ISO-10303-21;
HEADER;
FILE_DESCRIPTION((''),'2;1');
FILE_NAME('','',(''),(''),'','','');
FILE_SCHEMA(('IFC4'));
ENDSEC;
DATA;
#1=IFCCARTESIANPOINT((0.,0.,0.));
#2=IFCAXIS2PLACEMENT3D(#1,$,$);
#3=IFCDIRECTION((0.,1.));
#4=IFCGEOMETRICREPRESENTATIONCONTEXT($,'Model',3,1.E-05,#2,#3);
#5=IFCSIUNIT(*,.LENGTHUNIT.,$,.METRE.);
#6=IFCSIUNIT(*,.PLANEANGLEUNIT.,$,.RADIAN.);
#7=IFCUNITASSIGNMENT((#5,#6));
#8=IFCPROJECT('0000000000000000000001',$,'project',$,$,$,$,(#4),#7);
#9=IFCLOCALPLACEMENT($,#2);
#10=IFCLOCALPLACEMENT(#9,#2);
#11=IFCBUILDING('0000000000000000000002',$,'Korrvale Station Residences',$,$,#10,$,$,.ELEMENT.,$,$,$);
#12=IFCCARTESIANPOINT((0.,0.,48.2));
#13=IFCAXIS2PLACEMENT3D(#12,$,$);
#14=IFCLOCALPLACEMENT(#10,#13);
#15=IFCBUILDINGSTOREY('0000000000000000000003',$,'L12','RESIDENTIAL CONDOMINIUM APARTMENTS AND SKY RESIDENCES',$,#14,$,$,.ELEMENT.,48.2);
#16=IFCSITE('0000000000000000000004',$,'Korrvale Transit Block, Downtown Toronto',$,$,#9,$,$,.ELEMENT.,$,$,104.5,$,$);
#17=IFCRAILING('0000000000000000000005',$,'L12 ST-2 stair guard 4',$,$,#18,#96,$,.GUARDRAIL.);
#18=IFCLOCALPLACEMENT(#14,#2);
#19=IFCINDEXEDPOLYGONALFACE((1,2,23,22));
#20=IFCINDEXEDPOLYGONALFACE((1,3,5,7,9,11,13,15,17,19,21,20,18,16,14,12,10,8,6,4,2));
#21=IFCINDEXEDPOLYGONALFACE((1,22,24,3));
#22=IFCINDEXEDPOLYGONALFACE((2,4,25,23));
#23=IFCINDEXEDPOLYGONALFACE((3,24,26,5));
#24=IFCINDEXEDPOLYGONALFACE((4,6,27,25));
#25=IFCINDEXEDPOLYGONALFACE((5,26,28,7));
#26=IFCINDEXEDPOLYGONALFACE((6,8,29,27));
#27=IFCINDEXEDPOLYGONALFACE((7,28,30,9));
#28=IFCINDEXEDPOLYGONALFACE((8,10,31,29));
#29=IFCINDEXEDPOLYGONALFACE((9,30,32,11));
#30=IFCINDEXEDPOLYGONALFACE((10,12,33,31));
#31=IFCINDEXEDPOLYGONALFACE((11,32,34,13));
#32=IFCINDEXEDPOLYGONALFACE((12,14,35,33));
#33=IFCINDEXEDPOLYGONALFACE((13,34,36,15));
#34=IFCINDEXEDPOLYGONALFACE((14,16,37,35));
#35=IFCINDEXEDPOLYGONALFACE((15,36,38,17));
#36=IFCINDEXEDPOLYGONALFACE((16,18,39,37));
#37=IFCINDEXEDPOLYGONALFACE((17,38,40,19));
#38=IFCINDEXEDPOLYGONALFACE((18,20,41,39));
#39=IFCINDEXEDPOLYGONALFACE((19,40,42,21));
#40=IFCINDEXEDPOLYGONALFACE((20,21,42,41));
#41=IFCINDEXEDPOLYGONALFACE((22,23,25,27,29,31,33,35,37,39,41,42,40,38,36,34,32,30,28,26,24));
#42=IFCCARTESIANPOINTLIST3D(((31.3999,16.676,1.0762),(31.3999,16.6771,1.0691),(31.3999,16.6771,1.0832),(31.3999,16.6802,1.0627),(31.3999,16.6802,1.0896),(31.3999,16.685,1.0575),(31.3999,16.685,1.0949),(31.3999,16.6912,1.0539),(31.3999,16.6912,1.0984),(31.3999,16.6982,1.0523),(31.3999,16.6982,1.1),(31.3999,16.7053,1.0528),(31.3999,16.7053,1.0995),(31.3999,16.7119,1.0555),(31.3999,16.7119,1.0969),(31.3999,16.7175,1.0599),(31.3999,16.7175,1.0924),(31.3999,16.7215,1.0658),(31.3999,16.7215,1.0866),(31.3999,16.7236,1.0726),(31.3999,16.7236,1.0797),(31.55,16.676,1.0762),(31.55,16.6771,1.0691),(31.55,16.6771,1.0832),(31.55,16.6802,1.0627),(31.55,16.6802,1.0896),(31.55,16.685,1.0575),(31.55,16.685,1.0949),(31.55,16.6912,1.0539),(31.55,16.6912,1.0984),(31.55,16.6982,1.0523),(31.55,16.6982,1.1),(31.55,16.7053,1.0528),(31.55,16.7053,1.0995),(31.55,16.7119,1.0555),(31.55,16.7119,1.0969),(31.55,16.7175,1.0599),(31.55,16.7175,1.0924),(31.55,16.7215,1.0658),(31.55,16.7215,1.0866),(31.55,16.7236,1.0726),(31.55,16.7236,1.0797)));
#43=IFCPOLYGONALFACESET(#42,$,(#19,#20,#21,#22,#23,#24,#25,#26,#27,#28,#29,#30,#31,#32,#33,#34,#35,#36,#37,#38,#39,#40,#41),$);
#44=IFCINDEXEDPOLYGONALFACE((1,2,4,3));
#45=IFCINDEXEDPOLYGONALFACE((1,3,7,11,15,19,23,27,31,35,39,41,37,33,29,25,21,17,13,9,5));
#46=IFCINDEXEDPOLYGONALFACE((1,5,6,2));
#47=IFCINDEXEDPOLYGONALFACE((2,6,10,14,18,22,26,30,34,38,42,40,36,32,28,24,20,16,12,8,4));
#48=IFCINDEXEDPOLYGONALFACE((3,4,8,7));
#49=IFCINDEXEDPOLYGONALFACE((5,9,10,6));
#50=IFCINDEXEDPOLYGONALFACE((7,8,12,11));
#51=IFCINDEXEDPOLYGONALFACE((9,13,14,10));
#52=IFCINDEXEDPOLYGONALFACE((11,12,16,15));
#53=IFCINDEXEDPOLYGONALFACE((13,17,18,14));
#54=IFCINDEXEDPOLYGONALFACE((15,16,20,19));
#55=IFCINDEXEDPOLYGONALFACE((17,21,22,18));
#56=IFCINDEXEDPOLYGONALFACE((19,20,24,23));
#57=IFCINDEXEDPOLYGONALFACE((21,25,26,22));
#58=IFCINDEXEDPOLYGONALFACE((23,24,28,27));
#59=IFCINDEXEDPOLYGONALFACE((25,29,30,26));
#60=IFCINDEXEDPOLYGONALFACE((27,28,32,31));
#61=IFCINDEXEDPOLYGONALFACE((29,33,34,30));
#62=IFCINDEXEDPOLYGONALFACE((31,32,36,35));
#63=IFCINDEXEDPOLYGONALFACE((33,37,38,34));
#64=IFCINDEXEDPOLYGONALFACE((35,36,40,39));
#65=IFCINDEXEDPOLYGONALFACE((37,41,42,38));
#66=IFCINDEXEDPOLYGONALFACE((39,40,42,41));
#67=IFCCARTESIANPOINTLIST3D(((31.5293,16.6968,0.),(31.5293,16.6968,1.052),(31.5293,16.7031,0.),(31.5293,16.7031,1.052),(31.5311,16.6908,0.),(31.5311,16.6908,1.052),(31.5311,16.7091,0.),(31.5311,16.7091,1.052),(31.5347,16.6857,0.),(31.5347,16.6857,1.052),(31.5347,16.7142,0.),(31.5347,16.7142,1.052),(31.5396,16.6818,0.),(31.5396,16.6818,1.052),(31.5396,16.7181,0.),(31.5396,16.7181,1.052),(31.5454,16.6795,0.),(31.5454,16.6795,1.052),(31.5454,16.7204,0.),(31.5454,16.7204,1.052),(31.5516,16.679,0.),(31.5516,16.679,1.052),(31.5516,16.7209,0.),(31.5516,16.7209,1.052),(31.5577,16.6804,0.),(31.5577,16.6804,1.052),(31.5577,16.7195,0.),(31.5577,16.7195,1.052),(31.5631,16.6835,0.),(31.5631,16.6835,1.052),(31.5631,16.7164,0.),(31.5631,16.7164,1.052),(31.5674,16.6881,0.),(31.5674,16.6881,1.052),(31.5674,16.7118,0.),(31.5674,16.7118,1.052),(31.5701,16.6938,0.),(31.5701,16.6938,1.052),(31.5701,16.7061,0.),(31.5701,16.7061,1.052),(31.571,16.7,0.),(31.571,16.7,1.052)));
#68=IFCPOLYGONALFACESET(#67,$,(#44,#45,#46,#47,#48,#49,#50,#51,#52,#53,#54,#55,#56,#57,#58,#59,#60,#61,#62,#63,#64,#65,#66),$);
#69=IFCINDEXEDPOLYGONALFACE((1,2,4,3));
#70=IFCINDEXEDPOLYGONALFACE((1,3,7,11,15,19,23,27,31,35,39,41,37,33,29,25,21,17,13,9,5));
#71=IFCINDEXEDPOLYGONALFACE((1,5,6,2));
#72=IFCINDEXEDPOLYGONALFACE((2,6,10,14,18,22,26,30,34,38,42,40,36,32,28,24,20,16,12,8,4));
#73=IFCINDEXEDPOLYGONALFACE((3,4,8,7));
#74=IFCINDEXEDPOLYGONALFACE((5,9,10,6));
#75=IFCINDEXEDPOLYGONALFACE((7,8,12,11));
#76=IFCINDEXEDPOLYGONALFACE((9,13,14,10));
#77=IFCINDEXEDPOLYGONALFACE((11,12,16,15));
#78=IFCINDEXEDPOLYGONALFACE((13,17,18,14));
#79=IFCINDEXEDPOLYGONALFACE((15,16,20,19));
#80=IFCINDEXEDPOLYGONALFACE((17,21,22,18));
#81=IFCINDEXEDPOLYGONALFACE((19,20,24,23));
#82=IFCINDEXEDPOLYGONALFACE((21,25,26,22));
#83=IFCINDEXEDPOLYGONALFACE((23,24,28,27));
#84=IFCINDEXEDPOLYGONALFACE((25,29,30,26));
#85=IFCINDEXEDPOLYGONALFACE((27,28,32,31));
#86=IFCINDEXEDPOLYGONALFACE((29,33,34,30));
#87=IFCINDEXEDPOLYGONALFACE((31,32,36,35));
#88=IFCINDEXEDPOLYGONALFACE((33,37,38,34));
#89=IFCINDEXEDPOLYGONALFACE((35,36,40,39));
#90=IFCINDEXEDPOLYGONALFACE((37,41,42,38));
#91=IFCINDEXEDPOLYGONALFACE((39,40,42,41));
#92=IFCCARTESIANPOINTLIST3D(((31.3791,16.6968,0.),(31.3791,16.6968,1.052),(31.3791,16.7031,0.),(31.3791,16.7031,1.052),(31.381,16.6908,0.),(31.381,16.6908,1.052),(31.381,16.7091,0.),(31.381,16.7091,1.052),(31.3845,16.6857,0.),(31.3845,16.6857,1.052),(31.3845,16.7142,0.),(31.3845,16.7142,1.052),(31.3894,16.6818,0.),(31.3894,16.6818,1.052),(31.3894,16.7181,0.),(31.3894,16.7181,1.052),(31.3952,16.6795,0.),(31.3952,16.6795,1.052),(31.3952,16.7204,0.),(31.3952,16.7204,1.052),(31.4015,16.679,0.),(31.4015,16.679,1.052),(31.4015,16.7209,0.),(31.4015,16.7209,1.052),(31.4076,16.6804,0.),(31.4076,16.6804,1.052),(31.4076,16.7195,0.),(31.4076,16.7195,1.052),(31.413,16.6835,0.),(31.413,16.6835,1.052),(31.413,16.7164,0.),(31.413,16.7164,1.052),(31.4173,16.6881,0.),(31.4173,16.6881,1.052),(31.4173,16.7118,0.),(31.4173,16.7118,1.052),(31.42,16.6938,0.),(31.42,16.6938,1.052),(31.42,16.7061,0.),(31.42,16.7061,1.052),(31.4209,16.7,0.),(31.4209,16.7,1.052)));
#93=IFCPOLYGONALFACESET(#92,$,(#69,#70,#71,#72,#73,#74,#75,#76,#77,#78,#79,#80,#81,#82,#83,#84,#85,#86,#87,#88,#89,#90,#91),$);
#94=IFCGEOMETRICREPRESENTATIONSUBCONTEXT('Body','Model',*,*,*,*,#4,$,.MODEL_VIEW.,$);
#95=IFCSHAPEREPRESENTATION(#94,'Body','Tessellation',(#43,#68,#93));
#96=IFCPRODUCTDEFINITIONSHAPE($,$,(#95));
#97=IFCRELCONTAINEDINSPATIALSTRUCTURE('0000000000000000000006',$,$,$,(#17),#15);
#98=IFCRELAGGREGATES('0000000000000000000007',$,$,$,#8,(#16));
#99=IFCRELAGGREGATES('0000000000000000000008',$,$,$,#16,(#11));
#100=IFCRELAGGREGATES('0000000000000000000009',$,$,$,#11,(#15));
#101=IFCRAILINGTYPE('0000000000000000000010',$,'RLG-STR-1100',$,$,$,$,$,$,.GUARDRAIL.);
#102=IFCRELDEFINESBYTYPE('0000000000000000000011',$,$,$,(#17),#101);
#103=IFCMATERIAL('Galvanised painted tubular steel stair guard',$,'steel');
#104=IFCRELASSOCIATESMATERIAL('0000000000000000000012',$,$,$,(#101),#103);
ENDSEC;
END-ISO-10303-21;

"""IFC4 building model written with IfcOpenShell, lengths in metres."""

from ifc_helpers import new_model, si_unit, direction, frame, origin, origin_2d, place, context, subcontext, project, spatial, circle, extrude, material, type_object, element, save


model = new_model("IFC4")

# Units and contexts
model_context = context("Model", 3, precision=1e-05, world=origin(), true_north=direction((0.0, 1.0)))
body_context = subcontext(model_context, "Body", "Model", "MODEL_VIEW")
ifc_project = project(units=[si_unit("LENGTHUNIT", "METRE"), si_unit("PLANEANGLEUNIT", "RADIAN")], contexts=[model_context])

# Site, building, storey
site_placement = place(None, origin())
site = spatial("IfcSite", under=ifc_project, at=site_placement, Name="Korrvale Transit Block, Downtown Toronto", CompositionType="ELEMENT", RefElevation=104.5)
building_placement = place(site_placement, origin())
building = spatial("IfcBuilding", under=site, at=building_placement, Name="Korrvale Station Residences", CompositionType="ELEMENT")
storey_placement = place(building_placement, frame((0.0, 0.0, 48.2)))
storey = spatial("IfcBuildingStorey", under=building, at=storey_placement, Name="L12", Description="RESIDENTIAL CONDOMINIUM APARTMENTS AND SKY RESIDENCES", CompositionType="ELEMENT", Elevation=48.2)

# Railing
ifc_material_1 = material(Name="Galvanised painted tubular steel stair guard", Category="steel")
railing_type_1 = type_object("IfcRailingType", Name="RLG-STR-1100", PredefinedType="GUARDRAIL", material=ifc_material_1)
railing_1_placement = place(storey_placement, frame((31.55, 16.7, 0.0)))
element("IfcRailing", 1, at=railing_1_placement, inside=storey, type_object=railing_type_1, Name="L12 ST-2 stair guard 4", PredefinedType="GUARDRAIL", context=body_context, shape_type="SweptSolid", body=[
    extrude(circle(Radius=0.0239, at=origin_2d()), frame((0.0, 0.0, 1.0762), z_axis=(-1.0, 0.0, 0.0), x_axis=(0.0, -1.0, 0.0)), (0.0, 0.0, 1.0), 0.1501),
    extrude(circle(Radius=0.021, at=origin_2d()), origin(), (0.0, 0.0, 1.0), 1.052),
    extrude(circle(Radius=0.021, at=origin_2d()), frame((-0.1501, 0.0, 0.0)), (0.0, 0.0, 1.0), 1.052),
])

save(model, "model.ifc")
